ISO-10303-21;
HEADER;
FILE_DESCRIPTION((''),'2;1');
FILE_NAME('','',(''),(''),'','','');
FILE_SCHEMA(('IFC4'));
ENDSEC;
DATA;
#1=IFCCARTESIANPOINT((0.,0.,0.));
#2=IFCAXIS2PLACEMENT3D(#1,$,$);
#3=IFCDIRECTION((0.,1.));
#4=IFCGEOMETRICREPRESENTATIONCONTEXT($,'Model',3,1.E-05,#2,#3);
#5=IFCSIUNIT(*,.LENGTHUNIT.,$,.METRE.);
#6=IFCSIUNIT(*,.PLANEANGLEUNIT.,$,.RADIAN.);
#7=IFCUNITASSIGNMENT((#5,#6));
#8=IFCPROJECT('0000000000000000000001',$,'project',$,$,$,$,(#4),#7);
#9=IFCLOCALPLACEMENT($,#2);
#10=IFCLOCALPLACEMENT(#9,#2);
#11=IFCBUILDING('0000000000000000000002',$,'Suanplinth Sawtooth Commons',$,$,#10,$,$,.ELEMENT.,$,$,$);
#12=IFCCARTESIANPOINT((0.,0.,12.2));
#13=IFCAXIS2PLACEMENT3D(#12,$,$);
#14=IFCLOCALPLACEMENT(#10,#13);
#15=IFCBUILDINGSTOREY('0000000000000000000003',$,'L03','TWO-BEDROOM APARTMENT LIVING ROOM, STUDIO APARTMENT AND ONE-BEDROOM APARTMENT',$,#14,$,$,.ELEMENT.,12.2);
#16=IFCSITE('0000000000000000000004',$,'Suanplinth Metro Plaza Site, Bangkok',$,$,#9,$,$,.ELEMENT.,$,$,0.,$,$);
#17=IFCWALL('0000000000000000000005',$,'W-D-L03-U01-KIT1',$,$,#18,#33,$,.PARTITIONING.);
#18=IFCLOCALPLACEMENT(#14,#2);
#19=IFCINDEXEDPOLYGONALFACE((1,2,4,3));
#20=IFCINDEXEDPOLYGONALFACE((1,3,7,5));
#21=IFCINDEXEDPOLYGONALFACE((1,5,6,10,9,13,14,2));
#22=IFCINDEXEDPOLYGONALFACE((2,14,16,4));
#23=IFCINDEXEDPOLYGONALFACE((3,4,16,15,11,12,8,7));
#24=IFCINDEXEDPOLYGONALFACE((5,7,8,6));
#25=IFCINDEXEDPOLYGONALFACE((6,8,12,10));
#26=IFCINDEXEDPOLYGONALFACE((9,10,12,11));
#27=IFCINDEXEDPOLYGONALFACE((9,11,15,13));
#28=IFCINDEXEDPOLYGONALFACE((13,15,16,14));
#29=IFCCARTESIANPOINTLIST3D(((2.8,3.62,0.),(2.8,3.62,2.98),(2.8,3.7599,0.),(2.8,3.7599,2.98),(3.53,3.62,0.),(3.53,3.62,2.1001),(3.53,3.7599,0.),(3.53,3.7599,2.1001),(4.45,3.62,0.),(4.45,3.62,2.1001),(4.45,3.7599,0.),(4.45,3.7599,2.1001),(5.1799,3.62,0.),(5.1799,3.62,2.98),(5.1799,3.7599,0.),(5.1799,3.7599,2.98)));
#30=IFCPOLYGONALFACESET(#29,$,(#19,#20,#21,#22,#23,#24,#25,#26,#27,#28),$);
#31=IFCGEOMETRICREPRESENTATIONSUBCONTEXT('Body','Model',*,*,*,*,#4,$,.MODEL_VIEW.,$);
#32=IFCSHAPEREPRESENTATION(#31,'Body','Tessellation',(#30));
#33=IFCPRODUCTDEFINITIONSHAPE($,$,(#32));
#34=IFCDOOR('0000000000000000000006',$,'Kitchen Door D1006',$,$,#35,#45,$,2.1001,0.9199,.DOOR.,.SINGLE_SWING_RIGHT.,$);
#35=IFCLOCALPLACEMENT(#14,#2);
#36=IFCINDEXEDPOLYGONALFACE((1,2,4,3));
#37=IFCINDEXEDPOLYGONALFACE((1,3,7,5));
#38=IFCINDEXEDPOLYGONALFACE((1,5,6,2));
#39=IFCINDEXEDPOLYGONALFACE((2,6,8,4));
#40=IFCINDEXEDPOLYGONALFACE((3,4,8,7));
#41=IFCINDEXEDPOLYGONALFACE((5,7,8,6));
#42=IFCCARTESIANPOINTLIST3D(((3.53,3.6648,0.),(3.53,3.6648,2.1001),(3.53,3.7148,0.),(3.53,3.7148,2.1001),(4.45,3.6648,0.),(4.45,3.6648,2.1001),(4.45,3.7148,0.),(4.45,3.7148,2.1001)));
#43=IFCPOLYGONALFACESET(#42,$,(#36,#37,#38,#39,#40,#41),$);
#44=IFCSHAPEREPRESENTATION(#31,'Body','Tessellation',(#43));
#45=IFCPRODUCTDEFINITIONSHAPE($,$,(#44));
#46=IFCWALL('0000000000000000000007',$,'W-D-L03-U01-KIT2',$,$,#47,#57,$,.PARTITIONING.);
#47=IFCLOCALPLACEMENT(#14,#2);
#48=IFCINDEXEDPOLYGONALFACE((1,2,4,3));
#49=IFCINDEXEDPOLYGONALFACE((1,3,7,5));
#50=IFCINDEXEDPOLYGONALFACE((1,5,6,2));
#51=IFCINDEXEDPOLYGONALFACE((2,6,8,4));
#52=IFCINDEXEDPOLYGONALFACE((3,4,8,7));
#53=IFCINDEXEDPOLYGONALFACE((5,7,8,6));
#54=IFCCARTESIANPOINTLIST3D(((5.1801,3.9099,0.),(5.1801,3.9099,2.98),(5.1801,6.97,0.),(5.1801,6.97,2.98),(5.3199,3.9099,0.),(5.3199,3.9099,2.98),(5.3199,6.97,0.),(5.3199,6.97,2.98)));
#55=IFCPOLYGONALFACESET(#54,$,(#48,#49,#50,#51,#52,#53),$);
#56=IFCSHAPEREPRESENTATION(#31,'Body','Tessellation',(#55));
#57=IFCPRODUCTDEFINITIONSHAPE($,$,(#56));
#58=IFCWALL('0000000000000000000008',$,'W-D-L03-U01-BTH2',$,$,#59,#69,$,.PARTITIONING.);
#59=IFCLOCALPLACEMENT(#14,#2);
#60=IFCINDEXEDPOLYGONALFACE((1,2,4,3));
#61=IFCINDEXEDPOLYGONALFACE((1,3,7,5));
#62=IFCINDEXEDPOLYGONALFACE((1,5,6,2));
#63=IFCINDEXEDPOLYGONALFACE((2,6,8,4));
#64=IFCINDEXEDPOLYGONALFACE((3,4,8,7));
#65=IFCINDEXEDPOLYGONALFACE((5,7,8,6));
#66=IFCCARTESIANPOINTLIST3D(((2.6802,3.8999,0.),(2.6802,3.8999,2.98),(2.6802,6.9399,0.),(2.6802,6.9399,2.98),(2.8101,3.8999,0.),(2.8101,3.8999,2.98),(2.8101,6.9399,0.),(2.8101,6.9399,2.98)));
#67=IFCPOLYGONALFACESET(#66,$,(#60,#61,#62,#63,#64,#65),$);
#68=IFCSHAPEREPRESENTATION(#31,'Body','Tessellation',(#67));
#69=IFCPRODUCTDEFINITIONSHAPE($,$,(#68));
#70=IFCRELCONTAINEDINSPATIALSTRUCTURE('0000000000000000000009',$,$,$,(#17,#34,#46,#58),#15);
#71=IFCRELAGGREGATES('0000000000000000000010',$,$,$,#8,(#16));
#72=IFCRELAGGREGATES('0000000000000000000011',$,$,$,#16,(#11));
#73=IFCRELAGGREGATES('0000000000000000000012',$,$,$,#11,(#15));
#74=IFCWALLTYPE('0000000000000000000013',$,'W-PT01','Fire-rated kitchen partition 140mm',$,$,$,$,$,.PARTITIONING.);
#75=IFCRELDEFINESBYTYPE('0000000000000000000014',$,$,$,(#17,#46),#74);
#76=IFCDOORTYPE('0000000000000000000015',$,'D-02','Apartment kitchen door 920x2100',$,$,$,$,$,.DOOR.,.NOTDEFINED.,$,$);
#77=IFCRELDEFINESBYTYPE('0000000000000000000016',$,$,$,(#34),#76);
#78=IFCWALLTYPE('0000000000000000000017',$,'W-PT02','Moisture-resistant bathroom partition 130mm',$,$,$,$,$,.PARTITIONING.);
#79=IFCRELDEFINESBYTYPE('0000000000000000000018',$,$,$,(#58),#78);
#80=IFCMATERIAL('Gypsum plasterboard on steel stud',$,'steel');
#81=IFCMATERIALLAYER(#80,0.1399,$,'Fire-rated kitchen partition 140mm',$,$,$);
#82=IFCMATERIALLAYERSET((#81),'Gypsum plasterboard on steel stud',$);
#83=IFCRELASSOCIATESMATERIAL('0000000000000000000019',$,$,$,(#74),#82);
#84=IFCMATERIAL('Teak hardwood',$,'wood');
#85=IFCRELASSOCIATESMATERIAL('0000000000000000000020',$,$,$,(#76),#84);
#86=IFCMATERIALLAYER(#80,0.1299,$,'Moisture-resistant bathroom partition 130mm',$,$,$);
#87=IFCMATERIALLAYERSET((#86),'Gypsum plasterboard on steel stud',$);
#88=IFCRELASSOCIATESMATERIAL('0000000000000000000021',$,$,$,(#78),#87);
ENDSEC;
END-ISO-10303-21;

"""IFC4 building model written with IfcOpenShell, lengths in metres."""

from ifc_helpers import new_model, si_unit, direction, frame, frame_2d, origin, place, context, subcontext, project, spatial, rectangle, extrude, material, layer, layer_set, type_object, element, fill, save


model = new_model("IFC4")

# Units and contexts
model_context = context("Model", 3, precision=1e-05, world=origin(), true_north=direction((0.0, 1.0)))
body_context = subcontext(model_context, "Body", "Model", "MODEL_VIEW")
ifc_project = project(units=[si_unit("LENGTHUNIT", "METRE"), si_unit("PLANEANGLEUNIT", "RADIAN")], contexts=[model_context])

# Site, building, storey
site_placement = place(None, origin())
site = spatial("IfcSite", under=ifc_project, at=site_placement, Name="Suanplinth Metro Plaza Site, Bangkok", CompositionType="ELEMENT", RefElevation=0.0)
building_placement = place(site_placement, origin())
building = spatial("IfcBuilding", under=site, at=building_placement, Name="Suanplinth Sawtooth Commons", CompositionType="ELEMENT")
storey_placement = place(building_placement, frame((0.0, 0.0, 12.2)))
storey = spatial("IfcBuildingStorey", under=building, at=storey_placement, Name="L03", Description="TWO-BEDROOM APARTMENT LIVING ROOM, STUDIO APARTMENT AND ONE-BEDROOM APARTMENT", CompositionType="ELEMENT", Elevation=12.2)

# Wall, opening, door
ifc_material_1 = material(Name="Gypsum plasterboard on steel stud", Category="steel")
ifc_layer_1 = layer(ifc_material_1, 0.1399, Name="Fire-rated kitchen partition 140mm")
ifc_layer_set_1 = layer_set([ifc_layer_1], Name="Gypsum plasterboard on steel stud")
wall_type_1 = type_object("IfcWallType", Name="W-PT01", Description="Fire-rated kitchen partition 140mm", PredefinedType="PARTITIONING", material=ifc_layer_set_1)
wall_1_placement = place(storey_placement, frame((2.8, 3.6899, 0.0), z_axis=(0.0, 0.0, 1.0), x_axis=(1.0, 0.0, 0.0)))
wall_1 = element("IfcWall", 1, at=wall_1_placement, inside=storey, type_object=wall_type_1, Name="W-D-L03-U01-KIT1", PredefinedType="PARTITIONING", context=body_context, shape_type="SweptSolid", body=[
    extrude(rectangle(XDim=2.3799, YDim=0.1399, at=frame_2d((1.1899, 0.0))), origin(), (0.0, 0.0, 1.0), 2.98),
])
opening_1_placement = place(wall_1_placement, frame((0.73, 0.0, 0.0)))
opening_1 = element("IfcOpeningElement", 2, at=opening_1_placement, cuts=wall_1, PredefinedType="OPENING", context=body_context, shape_type="SweptSolid", body=[
    extrude(rectangle(XDim=0.9199, YDim=2.1001, at=frame_2d((0.46, 1.05))), frame((0.0, 0.085, 0.0), z_axis=(0.0, -1.0, 0.0), x_axis=(1.0, 0.0, 0.0)), (0.0, 0.0, 1.0), 0.1697),
])
ifc_material_2 = material(Name="Teak hardwood", Category="wood")
door_type_1 = type_object("IfcDoorType", Name="D-02", Description="Apartment kitchen door 920x2100", OperationType="NOTDEFINED", PredefinedType="DOOR", material=ifc_material_2)
door_1_placement = place(opening_1_placement, origin())
door_1 = element("IfcDoor", 3, at=door_1_placement, inside=storey, type_object=door_type_1, Name="Kitchen Door D1006", OperationType="SINGLE_SWING_RIGHT", OverallHeight=2.1001, OverallWidth=0.9199, PredefinedType="DOOR", context=body_context, shape_type="SweptSolid", body=[
    extrude(rectangle(XDim=0.9199, YDim=2.1001, at=frame_2d((0.46, 1.05))), frame((0.0, 0.0249, 0.0), z_axis=(0.0, -1.0, 0.0), x_axis=(1.0, 0.0, 0.0)), (0.0, 0.0, 1.0), 0.05),
])
fill(opening_1, door_1)

# Walls
wall_2_placement = place(storey_placement, frame((5.25, 3.9099, 0.0), z_axis=(0.0, 0.0, 1.0), x_axis=(0.0, 1.0, 0.0)))
element("IfcWall", 4, at=wall_2_placement, inside=storey, type_object=wall_type_1, Name="W-D-L03-U01-KIT2", PredefinedType="PARTITIONING", context=body_context, shape_type="SweptSolid", body=[
    extrude(rectangle(XDim=3.0601, YDim=0.1399, at=frame_2d((1.53, 0.0))), origin(), (0.0, 0.0, 1.0), 2.98),
])
ifc_layer_2 = layer(ifc_material_1, 0.1299, Name="Moisture-resistant bathroom partition 130mm")
ifc_layer_set_2 = layer_set([ifc_layer_2], Name="Gypsum plasterboard on steel stud")
wall_type_2 = type_object("IfcWallType", Name="W-PT02", Description="Moisture-resistant bathroom partition 130mm", PredefinedType="PARTITIONING", material=ifc_layer_set_2)
wall_3_placement = place(storey_placement, frame((2.7451, 3.8999, 0.0), z_axis=(0.0, 0.0, 1.0), x_axis=(0.0, 1.0, 0.0)))
element("IfcWall", 5, at=wall_3_placement, inside=storey, type_object=wall_type_2, Name="W-D-L03-U01-BTH2", PredefinedType="PARTITIONING", context=body_context, shape_type="SweptSolid", body=[
    extrude(rectangle(XDim=3.04, YDim=0.1299, at=frame_2d((1.52, 0.0))), origin(), (0.0, 0.0, 1.0), 2.98),
])

save(model, "model.ifc")
